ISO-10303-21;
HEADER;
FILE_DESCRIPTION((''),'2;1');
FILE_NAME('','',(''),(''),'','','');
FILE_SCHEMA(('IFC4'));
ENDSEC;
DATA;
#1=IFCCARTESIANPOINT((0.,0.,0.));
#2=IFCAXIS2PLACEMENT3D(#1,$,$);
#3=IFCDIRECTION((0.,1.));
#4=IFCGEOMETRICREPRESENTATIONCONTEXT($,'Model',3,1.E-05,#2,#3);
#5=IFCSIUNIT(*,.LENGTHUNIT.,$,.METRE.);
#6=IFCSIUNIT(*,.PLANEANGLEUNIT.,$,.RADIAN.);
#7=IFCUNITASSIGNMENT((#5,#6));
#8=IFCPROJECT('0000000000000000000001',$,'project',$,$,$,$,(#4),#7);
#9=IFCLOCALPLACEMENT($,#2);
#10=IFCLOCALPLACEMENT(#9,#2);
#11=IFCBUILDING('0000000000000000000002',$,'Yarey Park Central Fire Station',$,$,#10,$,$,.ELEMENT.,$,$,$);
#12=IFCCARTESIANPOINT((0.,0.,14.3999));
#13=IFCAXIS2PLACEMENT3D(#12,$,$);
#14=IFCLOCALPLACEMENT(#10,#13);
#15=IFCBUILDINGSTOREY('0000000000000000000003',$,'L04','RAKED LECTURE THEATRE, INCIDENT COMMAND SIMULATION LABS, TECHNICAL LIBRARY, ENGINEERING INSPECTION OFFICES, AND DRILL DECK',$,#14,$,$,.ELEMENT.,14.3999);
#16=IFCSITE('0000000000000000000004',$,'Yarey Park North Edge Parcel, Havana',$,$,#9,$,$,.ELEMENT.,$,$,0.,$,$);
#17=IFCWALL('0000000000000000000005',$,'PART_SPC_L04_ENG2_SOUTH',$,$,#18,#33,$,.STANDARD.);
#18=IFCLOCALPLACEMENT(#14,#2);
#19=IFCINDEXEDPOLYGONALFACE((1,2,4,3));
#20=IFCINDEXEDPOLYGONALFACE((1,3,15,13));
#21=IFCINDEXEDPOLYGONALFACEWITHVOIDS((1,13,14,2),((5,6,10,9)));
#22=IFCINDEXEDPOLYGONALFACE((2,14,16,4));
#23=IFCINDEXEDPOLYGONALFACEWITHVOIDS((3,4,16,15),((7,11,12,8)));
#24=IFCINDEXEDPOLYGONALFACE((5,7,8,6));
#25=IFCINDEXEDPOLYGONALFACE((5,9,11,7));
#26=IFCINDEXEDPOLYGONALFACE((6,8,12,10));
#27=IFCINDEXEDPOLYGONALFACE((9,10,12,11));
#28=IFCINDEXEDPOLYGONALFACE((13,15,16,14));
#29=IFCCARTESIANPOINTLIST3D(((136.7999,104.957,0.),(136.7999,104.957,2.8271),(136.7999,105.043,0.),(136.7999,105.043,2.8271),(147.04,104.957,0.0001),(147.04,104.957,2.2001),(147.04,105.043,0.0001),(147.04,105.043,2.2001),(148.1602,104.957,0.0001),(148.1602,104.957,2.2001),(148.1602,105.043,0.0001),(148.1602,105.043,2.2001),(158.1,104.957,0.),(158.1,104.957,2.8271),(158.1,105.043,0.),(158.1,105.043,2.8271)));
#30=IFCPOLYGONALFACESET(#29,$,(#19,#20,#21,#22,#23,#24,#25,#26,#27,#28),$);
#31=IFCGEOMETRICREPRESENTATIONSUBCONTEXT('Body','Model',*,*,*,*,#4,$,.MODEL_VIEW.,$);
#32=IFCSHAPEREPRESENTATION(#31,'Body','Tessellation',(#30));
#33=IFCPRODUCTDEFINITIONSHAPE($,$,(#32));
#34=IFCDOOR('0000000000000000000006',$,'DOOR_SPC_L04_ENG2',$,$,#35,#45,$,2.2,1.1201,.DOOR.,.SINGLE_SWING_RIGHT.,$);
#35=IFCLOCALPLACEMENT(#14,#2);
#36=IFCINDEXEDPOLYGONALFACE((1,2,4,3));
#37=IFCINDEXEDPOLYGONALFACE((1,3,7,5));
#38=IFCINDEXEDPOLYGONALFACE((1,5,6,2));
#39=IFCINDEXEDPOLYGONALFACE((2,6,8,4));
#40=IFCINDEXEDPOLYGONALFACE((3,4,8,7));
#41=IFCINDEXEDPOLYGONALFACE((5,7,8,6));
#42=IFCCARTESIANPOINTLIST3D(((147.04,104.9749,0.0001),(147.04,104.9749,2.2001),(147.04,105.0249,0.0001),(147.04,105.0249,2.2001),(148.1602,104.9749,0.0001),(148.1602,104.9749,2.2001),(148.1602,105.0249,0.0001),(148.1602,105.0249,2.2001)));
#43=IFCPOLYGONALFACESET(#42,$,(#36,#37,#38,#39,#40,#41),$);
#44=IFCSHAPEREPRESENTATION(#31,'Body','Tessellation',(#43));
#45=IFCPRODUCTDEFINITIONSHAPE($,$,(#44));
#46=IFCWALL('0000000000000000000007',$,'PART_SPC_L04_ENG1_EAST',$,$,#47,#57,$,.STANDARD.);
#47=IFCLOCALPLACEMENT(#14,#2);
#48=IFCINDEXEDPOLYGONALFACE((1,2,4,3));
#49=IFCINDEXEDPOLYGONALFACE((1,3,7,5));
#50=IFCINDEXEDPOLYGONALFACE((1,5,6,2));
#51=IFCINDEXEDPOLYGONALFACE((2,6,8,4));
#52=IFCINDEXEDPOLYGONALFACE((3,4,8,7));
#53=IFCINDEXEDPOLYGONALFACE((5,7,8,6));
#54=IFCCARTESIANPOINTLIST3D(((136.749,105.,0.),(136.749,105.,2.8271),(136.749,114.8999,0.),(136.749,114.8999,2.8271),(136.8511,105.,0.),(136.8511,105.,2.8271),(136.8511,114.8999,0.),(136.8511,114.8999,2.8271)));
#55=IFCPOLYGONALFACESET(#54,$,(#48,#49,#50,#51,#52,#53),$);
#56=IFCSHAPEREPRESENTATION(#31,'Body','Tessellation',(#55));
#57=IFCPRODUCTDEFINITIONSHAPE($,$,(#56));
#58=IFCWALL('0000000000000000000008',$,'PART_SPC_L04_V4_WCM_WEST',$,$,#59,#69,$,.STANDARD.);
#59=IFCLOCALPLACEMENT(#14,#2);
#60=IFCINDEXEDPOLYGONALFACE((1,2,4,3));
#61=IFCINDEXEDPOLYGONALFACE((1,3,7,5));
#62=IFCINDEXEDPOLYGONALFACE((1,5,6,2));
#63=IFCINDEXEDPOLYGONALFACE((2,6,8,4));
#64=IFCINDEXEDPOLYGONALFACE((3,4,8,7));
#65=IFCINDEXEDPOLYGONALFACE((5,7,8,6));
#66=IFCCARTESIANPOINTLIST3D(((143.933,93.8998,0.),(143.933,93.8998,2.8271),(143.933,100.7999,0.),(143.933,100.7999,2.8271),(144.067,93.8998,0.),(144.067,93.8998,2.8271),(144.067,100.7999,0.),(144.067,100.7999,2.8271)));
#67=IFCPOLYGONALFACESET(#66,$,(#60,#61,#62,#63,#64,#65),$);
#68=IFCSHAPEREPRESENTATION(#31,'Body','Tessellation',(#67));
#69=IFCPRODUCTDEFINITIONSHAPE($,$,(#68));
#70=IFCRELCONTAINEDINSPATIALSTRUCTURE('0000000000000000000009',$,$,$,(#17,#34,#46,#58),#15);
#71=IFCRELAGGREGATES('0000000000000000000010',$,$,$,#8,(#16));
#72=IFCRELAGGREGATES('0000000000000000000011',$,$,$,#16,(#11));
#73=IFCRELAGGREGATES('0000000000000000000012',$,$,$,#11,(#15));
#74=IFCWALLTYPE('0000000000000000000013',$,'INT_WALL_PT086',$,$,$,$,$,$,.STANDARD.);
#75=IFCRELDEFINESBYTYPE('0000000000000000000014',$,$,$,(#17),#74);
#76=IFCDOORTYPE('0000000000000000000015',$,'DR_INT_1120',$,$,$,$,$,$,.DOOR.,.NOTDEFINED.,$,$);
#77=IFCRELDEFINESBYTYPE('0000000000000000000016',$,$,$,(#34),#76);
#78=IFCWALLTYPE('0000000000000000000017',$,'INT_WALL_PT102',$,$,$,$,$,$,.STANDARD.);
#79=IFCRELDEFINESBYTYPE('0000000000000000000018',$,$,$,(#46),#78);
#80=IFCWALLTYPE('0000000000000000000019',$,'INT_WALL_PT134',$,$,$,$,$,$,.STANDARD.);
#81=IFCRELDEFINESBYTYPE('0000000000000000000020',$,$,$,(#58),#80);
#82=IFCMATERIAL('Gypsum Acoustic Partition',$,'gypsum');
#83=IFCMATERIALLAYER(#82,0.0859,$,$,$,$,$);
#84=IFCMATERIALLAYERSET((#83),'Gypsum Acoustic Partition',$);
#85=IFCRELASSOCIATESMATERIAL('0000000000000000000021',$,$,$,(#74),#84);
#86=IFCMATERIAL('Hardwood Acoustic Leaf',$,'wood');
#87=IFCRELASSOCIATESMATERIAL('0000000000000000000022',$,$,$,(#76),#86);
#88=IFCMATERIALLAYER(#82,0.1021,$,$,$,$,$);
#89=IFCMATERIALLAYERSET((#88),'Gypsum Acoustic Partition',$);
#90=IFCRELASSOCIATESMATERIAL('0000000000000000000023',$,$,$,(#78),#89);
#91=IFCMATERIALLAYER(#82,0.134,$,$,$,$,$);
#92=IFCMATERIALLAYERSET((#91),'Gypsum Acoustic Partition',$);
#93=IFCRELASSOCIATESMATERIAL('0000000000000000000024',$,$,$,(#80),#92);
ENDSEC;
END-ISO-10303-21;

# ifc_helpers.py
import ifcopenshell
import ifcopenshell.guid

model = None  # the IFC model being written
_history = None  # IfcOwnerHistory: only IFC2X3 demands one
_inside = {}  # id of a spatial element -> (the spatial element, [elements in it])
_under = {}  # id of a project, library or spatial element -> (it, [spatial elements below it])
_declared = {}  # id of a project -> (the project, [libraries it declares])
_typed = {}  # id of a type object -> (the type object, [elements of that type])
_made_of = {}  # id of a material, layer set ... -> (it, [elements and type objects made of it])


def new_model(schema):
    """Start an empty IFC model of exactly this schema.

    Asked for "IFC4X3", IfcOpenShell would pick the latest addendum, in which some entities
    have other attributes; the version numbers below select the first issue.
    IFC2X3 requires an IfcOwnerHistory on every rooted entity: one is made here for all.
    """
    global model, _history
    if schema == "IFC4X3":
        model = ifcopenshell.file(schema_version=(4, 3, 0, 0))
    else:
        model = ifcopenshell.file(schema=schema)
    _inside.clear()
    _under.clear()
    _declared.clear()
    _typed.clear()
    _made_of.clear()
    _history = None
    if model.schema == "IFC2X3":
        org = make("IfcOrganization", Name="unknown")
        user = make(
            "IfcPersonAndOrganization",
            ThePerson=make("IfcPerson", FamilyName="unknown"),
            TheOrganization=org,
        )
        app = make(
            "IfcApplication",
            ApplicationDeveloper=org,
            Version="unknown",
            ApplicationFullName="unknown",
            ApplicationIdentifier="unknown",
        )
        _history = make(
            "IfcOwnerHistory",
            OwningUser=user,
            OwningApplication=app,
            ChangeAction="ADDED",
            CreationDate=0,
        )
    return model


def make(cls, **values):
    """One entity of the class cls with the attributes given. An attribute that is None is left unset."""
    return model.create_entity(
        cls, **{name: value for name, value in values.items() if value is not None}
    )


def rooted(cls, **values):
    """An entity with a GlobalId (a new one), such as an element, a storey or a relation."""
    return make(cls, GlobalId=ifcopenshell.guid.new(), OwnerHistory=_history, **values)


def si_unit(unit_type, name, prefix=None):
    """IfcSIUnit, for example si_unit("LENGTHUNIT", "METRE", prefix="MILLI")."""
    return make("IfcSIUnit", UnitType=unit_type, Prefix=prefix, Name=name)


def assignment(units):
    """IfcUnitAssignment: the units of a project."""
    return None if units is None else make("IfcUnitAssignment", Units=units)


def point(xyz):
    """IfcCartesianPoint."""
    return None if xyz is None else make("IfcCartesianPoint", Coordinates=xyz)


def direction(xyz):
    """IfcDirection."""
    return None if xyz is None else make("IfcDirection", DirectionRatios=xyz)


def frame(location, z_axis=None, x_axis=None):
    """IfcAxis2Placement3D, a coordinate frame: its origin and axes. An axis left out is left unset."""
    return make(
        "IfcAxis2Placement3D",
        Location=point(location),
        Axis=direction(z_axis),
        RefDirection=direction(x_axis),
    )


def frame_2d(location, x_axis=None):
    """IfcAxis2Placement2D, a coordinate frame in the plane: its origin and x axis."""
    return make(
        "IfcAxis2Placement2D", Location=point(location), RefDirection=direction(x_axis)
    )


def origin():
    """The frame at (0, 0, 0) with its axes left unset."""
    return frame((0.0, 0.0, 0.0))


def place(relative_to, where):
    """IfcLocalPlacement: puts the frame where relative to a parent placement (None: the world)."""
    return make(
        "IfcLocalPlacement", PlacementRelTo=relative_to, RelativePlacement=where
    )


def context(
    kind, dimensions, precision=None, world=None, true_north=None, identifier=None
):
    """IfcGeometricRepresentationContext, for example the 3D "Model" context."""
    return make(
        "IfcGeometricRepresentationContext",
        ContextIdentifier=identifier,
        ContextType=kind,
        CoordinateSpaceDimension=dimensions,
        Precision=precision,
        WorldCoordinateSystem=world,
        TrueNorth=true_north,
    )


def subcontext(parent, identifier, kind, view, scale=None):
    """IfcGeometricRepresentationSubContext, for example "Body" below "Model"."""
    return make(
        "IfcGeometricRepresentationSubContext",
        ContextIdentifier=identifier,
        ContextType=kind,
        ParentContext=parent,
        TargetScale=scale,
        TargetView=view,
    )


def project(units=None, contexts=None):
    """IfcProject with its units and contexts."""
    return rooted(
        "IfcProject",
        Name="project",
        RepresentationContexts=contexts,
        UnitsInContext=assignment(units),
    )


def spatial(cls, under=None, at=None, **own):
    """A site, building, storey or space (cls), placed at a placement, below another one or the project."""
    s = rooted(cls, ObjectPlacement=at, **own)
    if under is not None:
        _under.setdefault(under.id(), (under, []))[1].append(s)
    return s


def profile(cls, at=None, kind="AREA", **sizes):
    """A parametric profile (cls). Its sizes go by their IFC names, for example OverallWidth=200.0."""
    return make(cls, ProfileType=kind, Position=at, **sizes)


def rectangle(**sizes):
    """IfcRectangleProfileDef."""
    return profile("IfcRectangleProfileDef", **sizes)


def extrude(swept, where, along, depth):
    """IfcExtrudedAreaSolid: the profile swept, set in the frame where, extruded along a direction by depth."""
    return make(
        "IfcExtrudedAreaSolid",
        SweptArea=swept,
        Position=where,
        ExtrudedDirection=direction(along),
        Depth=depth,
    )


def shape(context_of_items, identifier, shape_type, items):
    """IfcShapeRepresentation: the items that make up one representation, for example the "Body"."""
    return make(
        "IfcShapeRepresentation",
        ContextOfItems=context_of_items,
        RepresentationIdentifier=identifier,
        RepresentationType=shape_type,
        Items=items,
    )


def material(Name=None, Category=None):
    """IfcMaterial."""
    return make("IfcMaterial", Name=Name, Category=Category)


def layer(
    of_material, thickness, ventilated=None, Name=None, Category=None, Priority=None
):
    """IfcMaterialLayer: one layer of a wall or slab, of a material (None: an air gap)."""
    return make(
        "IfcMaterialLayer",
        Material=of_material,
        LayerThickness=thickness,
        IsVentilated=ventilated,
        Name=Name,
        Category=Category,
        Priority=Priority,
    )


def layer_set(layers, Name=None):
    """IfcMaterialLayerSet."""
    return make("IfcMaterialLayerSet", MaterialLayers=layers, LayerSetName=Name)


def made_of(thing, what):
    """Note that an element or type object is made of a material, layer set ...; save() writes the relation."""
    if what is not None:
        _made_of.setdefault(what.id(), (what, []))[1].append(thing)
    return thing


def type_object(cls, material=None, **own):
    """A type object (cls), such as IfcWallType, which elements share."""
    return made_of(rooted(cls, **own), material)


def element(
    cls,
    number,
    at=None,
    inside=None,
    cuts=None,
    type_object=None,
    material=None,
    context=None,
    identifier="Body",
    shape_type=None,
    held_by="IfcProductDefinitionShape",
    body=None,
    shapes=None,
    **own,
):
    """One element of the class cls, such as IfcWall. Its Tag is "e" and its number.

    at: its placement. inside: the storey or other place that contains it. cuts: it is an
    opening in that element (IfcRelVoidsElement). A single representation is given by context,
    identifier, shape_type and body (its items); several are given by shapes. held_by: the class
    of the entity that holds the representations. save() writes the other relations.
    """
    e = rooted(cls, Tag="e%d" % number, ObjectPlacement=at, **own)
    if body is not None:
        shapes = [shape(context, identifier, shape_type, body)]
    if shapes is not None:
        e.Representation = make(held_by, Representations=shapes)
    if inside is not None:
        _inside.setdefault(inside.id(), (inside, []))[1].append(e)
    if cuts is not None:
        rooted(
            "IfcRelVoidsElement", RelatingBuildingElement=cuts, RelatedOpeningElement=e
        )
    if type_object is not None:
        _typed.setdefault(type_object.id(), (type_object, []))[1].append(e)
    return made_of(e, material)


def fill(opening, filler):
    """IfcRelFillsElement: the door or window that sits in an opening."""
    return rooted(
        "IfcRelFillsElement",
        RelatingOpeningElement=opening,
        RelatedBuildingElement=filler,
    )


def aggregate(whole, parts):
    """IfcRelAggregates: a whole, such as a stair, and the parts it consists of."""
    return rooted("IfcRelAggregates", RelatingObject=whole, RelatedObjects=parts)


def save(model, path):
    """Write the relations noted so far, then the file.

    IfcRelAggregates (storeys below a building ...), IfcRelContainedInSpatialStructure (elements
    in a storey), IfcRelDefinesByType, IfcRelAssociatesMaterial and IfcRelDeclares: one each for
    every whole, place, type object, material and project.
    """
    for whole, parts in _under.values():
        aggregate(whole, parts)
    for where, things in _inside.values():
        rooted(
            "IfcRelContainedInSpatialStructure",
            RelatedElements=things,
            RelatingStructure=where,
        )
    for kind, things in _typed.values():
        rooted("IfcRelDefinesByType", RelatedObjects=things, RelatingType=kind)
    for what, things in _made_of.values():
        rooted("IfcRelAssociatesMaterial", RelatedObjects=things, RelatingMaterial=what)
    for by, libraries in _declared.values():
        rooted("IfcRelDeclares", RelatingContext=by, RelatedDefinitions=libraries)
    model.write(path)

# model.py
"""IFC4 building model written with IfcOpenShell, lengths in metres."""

from ifc_helpers import new_model, si_unit, direction, frame, frame_2d, origin, place, context, subcontext, project, spatial, rectangle, extrude, material, layer, layer_set, type_object, element, fill, save


model = new_model("IFC4")

# Units and contexts
model_context = context("Model", 3, precision=1e-05, world=origin(), true_north=direction((0.0, 1.0)))
body_context = subcontext(model_context, "Body", "Model", "MODEL_VIEW")
ifc_project = project(units=[si_unit("LENGTHUNIT", "METRE"), si_unit("PLANEANGLEUNIT", "RADIAN")], contexts=[model_context])

# Site, building, storey
site_placement = place(None, origin())
site = spatial("IfcSite", under=ifc_project, at=site_placement, Name="Yarey Park North Edge Parcel, Havana", CompositionType="ELEMENT", RefElevation=0.0)
building_placement = place(site_placement, origin())
building = spatial("IfcBuilding", under=site, at=building_placement, Name="Yarey Park Central Fire Station", CompositionType="ELEMENT")
storey_placement = place(building_placement, frame((0.0, 0.0, 14.3999)))
storey = spatial("IfcBuildingStorey", under=building, at=storey_placement, Name="L04", Description="RAKED LECTURE THEATRE, INCIDENT COMMAND SIMULATION LABS, TECHNICAL LIBRARY, ENGINEERING INSPECTION OFFICES, AND DRILL DECK", CompositionType="ELEMENT", Elevation=14.3999)

# Wall, opening, door
ifc_material_1 = material(Name="Gypsum Acoustic Partition", Category="gypsum")
ifc_layer_1 = layer(ifc_material_1, 0.0859)
ifc_layer_set_1 = layer_set([ifc_layer_1], Name="Gypsum Acoustic Partition")
wall_type_1 = type_object("IfcWallType", Name="INT_WALL_PT086", PredefinedType="STANDARD", material=ifc_layer_set_1)
wall_1_placement = place(storey_placement, frame((136.8, 105.0, 0.0), z_axis=(0.0, 0.0, 1.0), x_axis=(1.0, 0.0, 0.0)))
wall_1 = element("IfcWall", 1, at=wall_1_placement, inside=storey, type_object=wall_type_1, Name="PART_SPC_L04_ENG2_SOUTH", PredefinedType="STANDARD", context=body_context, shape_type="SweptSolid", body=[
    extrude(rectangle(XDim=21.3, YDim=0.0859, at=frame_2d((10.6499, 0.0))), origin(), (0.0, 0.0, 1.0), 2.8271),
])
opening_1_placement = place(wall_1_placement, frame((10.24, 0.0, 0.0)))
opening_1 = element("IfcOpeningElement", 2, at=opening_1_placement, cuts=wall_1, PredefinedType="OPENING", context=body_context, shape_type="SweptSolid", body=[
    extrude(rectangle(XDim=1.1201, YDim=2.2, at=frame_2d((0.5601, 1.1001))), frame((0.0, 0.053, 0.0), z_axis=(0.0, -1.0, 0.0), x_axis=(1.0, 0.0, 0.0)), (0.0, 0.0, 1.0), 0.106),
])
ifc_material_2 = material(Name="Hardwood Acoustic Leaf", Category="wood")
door_type_1 = type_object("IfcDoorType", Name="DR_INT_1120", OperationType="NOTDEFINED", PredefinedType="DOOR", material=ifc_material_2)
door_1_placement = place(opening_1_placement, origin())
door_1 = element("IfcDoor", 3, at=door_1_placement, inside=storey, type_object=door_type_1, Name="DOOR_SPC_L04_ENG2", OperationType="SINGLE_SWING_RIGHT", OverallHeight=2.2, OverallWidth=1.1201, PredefinedType="DOOR", context=body_context, shape_type="SweptSolid", body=[
    extrude(rectangle(XDim=1.1201, YDim=2.2, at=frame_2d((0.5601, 1.1001))), frame((0.0, 0.0249, 0.0), z_axis=(0.0, -1.0, 0.0), x_axis=(1.0, 0.0, 0.0)), (0.0, 0.0, 1.0), 0.05),
])
fill(opening_1, door_1)

# Walls
ifc_layer_2 = layer(ifc_material_1, 0.1021)
ifc_layer_set_2 = layer_set([ifc_layer_2], Name="Gypsum Acoustic Partition")
wall_type_2 = type_object("IfcWallType", Name="INT_WALL_PT102", PredefinedType="STANDARD", material=ifc_layer_set_2)
wall_2_placement = place(storey_placement, frame((136.8, 105.0, 0.0), z_axis=(0.0, 0.0, 1.0), x_axis=(0.0, 1.0, 0.0)))
element("IfcWall", 4, at=wall_2_placement, inside=storey, type_object=wall_type_2, Name="PART_SPC_L04_ENG1_EAST", PredefinedType="STANDARD", context=body_context, shape_type="SweptSolid", body=[
    extrude(rectangle(XDim=9.8999, YDim=0.1021, at=frame_2d((4.95, 0.0))), origin(), (0.0, 0.0, 1.0), 2.8271),
])
ifc_layer_3 = layer(ifc_material_1, 0.134)
ifc_layer_set_3 = layer_set([ifc_layer_3], Name="Gypsum Acoustic Partition")
wall_type_3 = type_object("IfcWallType", Name="INT_WALL_PT134", PredefinedType="STANDARD", material=ifc_layer_set_3)
wall_3_placement = place(storey_placement, frame((144.0, 100.8, 0.0), z_axis=(0.0, 0.0, 1.0), x_axis=(0.0, -1.0, 0.0)))
element("IfcWall", 5, at=wall_3_placement, inside=storey, type_object=wall_type_3, Name="PART_SPC_L04_V4_WCM_WEST", PredefinedType="STANDARD", context=body_context, shape_type="SweptSolid", body=[
    extrude(rectangle(XDim=6.9001, YDim=0.134, at=frame_2d((3.4502, 0.0))), origin(), (0.0, 0.0, 1.0), 2.8271),
])

save(model, "model.ifc")
